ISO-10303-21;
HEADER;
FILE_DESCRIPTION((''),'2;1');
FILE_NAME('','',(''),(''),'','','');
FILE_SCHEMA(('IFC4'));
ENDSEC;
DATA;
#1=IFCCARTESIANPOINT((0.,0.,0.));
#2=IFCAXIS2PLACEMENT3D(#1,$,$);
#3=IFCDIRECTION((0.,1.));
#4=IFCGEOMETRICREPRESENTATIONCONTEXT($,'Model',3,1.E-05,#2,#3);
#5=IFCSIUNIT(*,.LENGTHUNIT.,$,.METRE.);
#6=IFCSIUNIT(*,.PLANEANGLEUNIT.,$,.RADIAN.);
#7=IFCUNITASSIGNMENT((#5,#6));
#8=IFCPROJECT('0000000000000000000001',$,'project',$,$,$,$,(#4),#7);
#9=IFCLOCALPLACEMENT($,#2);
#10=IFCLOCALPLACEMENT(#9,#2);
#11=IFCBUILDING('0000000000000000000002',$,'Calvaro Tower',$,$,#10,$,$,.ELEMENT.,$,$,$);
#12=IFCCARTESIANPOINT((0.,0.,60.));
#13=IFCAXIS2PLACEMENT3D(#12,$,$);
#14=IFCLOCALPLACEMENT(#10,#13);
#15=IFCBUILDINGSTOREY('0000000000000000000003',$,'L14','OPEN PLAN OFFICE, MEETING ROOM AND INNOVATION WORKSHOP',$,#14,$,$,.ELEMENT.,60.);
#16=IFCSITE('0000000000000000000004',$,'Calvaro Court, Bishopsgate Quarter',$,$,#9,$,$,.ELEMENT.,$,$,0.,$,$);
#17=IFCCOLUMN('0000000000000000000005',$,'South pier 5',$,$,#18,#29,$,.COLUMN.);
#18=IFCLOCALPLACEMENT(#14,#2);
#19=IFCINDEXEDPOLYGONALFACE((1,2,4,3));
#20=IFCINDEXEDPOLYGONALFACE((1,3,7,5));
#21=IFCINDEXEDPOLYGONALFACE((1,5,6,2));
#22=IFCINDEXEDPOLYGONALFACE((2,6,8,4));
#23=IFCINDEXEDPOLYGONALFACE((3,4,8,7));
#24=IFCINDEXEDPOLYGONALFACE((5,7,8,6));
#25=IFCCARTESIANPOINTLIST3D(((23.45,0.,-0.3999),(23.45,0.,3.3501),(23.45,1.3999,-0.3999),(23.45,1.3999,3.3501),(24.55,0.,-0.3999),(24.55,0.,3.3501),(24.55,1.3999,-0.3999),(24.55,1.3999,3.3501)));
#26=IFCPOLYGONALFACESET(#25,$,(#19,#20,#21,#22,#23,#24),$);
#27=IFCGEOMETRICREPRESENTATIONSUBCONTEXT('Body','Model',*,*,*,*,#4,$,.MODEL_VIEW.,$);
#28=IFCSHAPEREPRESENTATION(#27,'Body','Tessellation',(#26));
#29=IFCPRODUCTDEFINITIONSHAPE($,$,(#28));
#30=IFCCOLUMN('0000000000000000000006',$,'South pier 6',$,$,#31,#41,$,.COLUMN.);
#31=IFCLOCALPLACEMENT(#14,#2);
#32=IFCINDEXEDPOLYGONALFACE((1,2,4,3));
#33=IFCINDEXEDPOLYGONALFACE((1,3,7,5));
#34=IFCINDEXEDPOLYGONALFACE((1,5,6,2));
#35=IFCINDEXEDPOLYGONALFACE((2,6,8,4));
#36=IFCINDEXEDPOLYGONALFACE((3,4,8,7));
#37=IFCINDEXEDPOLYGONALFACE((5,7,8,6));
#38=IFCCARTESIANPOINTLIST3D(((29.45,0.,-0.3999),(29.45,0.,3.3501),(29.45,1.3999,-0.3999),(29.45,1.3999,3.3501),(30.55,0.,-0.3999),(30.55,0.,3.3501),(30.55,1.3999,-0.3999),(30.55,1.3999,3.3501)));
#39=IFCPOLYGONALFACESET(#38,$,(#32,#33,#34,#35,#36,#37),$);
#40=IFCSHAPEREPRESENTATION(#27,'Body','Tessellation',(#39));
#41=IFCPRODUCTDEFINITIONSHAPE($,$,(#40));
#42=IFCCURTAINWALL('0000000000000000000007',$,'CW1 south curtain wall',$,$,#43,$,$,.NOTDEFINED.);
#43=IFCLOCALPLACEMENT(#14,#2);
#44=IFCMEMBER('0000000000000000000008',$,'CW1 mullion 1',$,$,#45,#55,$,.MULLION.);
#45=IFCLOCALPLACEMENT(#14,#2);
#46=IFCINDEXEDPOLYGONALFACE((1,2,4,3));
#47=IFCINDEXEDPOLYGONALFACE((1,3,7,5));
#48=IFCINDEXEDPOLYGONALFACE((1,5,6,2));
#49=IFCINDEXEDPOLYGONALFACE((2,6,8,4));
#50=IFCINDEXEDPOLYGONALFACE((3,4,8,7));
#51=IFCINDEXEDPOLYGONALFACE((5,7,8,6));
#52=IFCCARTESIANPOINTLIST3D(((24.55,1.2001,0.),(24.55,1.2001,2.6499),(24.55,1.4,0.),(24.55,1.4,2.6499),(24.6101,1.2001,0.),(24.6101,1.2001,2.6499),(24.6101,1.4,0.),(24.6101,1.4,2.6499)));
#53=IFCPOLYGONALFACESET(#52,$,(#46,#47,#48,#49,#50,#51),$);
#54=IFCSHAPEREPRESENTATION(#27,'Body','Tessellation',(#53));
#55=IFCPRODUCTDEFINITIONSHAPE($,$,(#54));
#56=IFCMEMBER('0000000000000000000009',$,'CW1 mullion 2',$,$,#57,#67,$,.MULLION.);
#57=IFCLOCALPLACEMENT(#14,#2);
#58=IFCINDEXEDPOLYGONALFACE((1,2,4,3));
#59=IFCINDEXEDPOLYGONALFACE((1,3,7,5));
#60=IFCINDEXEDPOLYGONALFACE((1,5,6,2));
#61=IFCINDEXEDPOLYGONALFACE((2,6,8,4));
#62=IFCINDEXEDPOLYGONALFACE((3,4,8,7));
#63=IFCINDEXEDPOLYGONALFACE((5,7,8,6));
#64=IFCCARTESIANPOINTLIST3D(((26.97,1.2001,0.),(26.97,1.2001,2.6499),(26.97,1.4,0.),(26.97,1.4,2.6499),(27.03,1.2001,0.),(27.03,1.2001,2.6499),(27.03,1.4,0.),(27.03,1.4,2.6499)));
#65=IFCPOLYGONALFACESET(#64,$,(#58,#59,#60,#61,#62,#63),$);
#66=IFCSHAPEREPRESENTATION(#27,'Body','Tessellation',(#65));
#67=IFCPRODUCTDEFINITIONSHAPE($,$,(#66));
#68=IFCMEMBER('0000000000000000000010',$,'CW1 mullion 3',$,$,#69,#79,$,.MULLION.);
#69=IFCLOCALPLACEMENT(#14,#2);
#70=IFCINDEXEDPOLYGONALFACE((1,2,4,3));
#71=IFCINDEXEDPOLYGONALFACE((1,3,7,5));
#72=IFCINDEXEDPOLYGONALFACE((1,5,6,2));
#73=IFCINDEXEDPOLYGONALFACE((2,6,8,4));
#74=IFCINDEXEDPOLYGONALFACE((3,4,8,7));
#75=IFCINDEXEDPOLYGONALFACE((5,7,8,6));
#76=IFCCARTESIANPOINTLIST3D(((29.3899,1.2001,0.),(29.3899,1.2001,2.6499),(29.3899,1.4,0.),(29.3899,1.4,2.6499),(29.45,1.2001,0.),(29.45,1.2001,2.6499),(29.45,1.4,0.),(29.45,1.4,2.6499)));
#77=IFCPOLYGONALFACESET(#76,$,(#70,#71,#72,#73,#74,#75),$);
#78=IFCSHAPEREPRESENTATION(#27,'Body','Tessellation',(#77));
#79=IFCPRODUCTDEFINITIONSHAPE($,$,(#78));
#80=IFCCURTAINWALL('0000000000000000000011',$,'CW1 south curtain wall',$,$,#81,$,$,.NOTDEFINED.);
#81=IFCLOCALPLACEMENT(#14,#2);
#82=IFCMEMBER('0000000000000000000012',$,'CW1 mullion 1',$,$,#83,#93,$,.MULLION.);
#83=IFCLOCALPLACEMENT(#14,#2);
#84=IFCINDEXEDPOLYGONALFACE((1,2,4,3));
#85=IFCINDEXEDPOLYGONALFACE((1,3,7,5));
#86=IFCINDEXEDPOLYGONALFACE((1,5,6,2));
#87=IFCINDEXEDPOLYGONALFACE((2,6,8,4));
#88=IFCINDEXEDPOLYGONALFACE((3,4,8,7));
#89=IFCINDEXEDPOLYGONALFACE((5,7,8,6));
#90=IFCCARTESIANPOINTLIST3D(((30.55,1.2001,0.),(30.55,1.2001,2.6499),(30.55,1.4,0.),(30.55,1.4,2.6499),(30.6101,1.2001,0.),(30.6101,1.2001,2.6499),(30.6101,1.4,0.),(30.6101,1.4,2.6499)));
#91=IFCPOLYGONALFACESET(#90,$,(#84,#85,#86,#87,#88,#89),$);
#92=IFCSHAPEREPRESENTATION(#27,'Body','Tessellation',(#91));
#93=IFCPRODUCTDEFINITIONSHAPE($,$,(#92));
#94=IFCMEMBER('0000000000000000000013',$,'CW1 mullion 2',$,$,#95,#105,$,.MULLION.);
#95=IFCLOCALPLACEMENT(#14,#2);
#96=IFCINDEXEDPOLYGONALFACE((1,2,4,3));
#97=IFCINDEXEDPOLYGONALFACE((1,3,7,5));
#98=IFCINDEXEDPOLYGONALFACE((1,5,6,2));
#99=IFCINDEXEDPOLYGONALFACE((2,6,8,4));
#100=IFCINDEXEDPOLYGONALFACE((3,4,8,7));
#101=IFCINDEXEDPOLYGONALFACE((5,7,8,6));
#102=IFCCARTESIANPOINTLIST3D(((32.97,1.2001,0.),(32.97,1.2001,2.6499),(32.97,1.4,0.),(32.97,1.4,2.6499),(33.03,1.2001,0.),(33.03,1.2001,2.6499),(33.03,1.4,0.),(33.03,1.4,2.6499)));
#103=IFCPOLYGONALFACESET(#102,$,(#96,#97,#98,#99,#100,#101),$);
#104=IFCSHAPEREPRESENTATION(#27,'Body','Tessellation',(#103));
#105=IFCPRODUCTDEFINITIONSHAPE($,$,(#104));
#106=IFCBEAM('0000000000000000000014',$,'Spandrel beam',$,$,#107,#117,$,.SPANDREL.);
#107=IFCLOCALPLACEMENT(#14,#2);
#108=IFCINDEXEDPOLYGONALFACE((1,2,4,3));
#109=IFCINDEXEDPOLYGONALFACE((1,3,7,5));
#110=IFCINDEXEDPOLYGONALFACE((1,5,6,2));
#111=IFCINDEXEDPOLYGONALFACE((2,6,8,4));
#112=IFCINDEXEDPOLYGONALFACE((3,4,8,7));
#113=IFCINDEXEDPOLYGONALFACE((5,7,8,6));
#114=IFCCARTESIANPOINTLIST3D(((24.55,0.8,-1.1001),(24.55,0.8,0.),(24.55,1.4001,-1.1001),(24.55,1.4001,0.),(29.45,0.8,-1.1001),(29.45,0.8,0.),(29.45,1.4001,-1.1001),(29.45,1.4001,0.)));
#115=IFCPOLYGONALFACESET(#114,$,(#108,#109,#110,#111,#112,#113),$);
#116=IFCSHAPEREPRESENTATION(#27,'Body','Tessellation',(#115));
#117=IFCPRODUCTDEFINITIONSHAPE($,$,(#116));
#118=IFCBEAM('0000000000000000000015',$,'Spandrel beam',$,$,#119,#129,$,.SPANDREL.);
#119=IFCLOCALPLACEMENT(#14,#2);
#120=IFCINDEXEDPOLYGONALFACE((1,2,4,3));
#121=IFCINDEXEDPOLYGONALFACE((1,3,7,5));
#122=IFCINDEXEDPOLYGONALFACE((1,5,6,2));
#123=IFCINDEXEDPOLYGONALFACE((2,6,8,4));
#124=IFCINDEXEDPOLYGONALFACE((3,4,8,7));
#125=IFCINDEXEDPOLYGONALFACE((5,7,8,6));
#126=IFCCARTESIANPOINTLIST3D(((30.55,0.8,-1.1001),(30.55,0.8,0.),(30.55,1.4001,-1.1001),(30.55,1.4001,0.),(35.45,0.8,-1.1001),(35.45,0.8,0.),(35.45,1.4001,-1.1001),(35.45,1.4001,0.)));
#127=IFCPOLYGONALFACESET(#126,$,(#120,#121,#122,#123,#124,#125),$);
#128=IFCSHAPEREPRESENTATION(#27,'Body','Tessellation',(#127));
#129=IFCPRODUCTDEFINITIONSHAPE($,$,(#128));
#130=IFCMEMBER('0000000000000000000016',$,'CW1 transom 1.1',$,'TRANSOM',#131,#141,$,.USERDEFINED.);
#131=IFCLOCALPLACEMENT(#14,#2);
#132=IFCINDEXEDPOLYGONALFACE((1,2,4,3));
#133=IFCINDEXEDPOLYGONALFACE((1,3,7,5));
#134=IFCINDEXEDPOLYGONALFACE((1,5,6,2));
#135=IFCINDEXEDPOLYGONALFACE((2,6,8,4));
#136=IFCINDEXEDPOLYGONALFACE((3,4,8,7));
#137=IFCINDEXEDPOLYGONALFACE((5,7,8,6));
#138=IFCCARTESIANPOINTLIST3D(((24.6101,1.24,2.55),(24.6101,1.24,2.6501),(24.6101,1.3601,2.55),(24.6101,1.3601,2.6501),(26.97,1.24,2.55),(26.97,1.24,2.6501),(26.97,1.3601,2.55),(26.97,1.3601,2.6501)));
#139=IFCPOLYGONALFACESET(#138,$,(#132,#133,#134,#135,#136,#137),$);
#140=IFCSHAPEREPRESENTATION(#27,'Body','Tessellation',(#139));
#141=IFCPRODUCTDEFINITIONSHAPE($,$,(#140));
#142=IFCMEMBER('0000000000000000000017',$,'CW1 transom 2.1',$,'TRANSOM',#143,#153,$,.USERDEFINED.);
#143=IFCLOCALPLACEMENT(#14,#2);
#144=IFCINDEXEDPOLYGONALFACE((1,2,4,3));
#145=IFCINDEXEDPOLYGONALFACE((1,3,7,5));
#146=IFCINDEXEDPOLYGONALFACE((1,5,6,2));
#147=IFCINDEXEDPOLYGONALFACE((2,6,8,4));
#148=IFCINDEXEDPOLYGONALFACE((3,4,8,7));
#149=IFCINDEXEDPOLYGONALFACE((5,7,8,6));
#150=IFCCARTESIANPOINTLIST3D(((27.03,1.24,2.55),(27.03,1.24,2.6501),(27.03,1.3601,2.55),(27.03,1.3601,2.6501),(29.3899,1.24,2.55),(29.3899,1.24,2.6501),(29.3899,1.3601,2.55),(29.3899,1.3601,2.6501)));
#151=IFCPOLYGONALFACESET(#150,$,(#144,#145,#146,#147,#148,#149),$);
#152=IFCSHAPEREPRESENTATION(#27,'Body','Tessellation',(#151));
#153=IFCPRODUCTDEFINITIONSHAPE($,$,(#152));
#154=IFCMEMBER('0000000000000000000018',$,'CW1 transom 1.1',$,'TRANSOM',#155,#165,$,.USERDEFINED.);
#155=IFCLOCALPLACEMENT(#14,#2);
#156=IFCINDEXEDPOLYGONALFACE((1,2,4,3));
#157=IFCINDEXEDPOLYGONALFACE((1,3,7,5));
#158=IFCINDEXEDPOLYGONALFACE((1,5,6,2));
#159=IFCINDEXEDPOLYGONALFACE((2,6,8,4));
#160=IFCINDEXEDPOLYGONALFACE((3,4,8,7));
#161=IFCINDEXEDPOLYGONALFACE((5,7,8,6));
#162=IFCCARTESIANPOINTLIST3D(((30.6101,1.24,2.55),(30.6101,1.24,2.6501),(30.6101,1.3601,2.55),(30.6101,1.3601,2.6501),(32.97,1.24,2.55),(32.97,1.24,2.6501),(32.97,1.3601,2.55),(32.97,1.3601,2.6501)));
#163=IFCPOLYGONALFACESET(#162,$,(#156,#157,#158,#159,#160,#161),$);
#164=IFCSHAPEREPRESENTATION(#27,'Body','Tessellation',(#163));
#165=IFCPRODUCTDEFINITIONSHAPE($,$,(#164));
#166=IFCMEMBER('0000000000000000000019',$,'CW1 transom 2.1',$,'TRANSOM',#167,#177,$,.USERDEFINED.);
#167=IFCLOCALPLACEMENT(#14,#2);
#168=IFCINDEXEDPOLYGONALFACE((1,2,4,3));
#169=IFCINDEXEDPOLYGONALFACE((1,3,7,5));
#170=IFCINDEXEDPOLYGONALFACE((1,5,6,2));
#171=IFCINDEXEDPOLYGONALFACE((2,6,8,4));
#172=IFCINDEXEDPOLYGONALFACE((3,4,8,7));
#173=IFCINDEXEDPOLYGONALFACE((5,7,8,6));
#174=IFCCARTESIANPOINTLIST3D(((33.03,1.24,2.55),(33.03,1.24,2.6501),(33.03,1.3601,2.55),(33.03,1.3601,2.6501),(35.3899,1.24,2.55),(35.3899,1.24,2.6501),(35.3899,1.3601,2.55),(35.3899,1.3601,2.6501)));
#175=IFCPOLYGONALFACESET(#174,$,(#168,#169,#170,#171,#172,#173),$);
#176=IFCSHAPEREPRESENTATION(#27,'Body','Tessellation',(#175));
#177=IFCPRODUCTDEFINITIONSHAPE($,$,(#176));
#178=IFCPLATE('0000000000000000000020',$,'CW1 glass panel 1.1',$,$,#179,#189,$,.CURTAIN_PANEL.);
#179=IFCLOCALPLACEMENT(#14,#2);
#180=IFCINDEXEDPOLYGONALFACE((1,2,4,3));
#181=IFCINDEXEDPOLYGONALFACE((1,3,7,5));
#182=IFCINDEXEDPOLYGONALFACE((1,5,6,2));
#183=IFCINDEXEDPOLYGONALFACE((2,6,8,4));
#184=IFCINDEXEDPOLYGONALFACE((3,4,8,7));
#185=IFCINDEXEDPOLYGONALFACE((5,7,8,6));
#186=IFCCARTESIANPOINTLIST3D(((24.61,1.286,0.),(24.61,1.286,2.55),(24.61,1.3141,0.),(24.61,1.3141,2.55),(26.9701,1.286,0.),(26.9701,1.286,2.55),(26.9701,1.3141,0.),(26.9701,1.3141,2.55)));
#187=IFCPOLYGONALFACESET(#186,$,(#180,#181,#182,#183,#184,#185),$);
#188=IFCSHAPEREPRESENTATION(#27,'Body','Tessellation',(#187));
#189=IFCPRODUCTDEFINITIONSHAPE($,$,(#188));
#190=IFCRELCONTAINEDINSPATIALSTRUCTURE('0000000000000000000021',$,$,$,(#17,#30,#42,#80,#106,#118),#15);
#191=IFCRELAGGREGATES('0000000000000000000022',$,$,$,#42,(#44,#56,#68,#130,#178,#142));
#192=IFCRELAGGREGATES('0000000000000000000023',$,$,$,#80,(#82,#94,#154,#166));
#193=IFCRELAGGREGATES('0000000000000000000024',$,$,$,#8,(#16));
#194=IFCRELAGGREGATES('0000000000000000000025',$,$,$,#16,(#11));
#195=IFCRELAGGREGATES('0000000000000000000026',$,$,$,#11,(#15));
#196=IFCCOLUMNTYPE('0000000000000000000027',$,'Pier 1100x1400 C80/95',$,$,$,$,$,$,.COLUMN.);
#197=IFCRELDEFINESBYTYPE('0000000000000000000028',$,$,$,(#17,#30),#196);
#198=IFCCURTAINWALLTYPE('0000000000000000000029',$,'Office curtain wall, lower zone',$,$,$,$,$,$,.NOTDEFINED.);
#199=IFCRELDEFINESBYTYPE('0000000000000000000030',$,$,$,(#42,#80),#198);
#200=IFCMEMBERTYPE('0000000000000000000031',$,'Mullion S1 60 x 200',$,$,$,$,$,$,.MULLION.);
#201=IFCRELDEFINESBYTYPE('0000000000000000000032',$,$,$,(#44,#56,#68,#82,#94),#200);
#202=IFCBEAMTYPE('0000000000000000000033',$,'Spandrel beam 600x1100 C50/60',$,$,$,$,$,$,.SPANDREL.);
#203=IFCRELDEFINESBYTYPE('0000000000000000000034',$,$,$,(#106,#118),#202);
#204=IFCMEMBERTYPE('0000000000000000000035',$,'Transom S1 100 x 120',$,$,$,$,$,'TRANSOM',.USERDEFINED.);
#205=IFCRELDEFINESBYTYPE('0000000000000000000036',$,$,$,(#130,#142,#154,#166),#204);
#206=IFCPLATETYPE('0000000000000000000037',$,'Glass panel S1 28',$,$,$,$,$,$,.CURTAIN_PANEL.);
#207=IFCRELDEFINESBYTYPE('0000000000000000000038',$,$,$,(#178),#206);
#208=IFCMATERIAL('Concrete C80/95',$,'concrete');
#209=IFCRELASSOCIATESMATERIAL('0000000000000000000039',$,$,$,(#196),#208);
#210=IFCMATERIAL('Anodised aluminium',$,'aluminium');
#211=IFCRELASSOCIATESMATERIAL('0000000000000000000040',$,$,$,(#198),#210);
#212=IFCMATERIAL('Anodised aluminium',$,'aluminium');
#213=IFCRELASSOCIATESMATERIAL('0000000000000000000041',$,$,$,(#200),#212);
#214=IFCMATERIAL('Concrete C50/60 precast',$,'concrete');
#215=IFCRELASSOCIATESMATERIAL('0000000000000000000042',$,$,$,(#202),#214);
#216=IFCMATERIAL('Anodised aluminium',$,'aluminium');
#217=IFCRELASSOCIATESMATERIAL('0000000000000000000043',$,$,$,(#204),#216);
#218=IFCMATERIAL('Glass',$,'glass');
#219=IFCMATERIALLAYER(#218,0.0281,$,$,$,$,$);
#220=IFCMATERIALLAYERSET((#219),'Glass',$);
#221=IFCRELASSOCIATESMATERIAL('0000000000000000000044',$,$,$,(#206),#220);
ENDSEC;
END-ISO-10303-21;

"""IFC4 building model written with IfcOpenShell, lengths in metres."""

from ifc_helpers import new_model, si_unit, direction, frame, origin, origin_2d, place, context, subcontext, project, spatial, rectangle, extrude, material, layer, layer_set, material_profile, profile_set, type_object, element, aggregate, save


model = new_model("IFC4")

# Units and contexts
model_context = context("Model", 3, precision=1e-05, world=origin(), true_north=direction((0.0, 1.0)))
body_context = subcontext(model_context, "Body", "Model", "MODEL_VIEW")
ifc_project = project(units=[si_unit("LENGTHUNIT", "METRE"), si_unit("PLANEANGLEUNIT", "RADIAN")], contexts=[model_context])

# Site, building, storey
site_placement = place(None, origin())
site = spatial("IfcSite", under=ifc_project, at=site_placement, Name="Calvaro Court, Bishopsgate Quarter", CompositionType="ELEMENT", RefElevation=0.0)
building_placement = place(site_placement, origin())
building = spatial("IfcBuilding", under=site, at=building_placement, Name="Calvaro Tower", CompositionType="ELEMENT")
storey_placement = place(building_placement, frame((0.0, 0.0, 60.0)))
storey = spatial("IfcBuildingStorey", under=building, at=storey_placement, Name="L14", Description="OPEN PLAN OFFICE, MEETING ROOM AND INNOVATION WORKSHOP", CompositionType="ELEMENT", Elevation=60.0)

# Columns
ifc_material_1 = material(Name="Concrete C80/95", Category="concrete")
ifc_material_profile_1 = material_profile(ifc_material_1, rectangle(XDim=1.1001, YDim=1.3999, at=origin_2d()), Name="RC 1100x1400")
ifc_profile_set_1 = profile_set([ifc_material_profile_1], Name="Concrete C80/95")
column_type = type_object("IfcColumnType", Name="Pier 1100x1400 C80/95", PredefinedType="COLUMN", material=ifc_profile_set_1)
for number, where, z_axis, x_axis, name in (
    (1, (24.0, 0.7, -0.3999), (0.0, 0.0, 1.0), (1.0, 0.0, 0.0), "South pier 5"),
    (2, (30.0, 0.7, -0.3999), (0.0, 0.0, 1.0), (1.0, 0.0, 0.0), "South pier 6"),
):
    element("IfcColumn", number, at=place(storey_placement, frame(where, z_axis=z_axis, x_axis=x_axis)), inside=storey, type_object=column_type, Name=name, PredefinedType="COLUMN", context=body_context, shape_type="SweptSolid", body=[
        extrude(rectangle(XDim=1.1001, YDim=1.3999, at=origin_2d()), origin(), (0.0, 0.0, 1.0), 3.75),
    ])

# Curtain walls, members
ifc_material_2 = material(Name="Anodised aluminium", Category="aluminium")
curtain_wall_type = type_object("IfcCurtainWallType", Name="Office curtain wall, lower zone", PredefinedType="NOTDEFINED", material=ifc_material_2)
curtain_wall_1_placement = place(storey_placement, origin())
curtain_wall_1 = element("IfcCurtainWall", 3, at=curtain_wall_1_placement, inside=storey, type_object=curtain_wall_type, Name="CW1 south curtain wall", PredefinedType="NOTDEFINED")
ifc_material_3 = material(Name="Anodised aluminium", Category="aluminium")
ifc_material_profile_2 = material_profile(ifc_material_3, rectangle(XDim=0.2, YDim=0.0601, at=origin_2d()), Name="Mullion S1 60 x 200")
ifc_profile_set_2 = profile_set([ifc_material_profile_2], Name="Anodised aluminium")
member_type_1 = type_object("IfcMemberType", Name="Mullion S1 60 x 200", PredefinedType="MULLION", material=ifc_profile_set_2)
member_1_placement = place(storey_placement, frame((24.5801, 1.3, 0.0), z_axis=(0.0, 0.0, 1.0), x_axis=(0.0, 1.0, 0.0)))
member_1 = element("IfcMember", 4, at=member_1_placement, type_object=member_type_1, Name="CW1 mullion 1", PredefinedType="MULLION", context=body_context, shape_type="SweptSolid", body=[
    extrude(rectangle(XDim=0.2, YDim=0.0601, at=origin_2d()), origin(), (0.0, 0.0, 1.0), 2.6499),
])
member_2_placement = place(storey_placement, frame((27.0, 1.3, 0.0), z_axis=(0.0, 0.0, 1.0), x_axis=(0.0, 1.0, 0.0)))
member_2 = element("IfcMember", 5, at=member_2_placement, type_object=member_type_1, Name="CW1 mullion 2", PredefinedType="MULLION", context=body_context, shape_type="SweptSolid", body=[
    extrude(rectangle(XDim=0.2, YDim=0.0601, at=origin_2d()), origin(), (0.0, 0.0, 1.0), 2.6499),
])
member_3_placement = place(storey_placement, frame((29.4199, 1.3, 0.0), z_axis=(0.0, 0.0, 1.0), x_axis=(0.0, 1.0, 0.0)))
member_3 = element("IfcMember", 6, at=member_3_placement, type_object=member_type_1, Name="CW1 mullion 3", PredefinedType="MULLION", context=body_context, shape_type="SweptSolid", body=[
    extrude(rectangle(XDim=0.2, YDim=0.0601, at=origin_2d()), origin(), (0.0, 0.0, 1.0), 2.6499),
])
curtain_wall_2_placement = place(storey_placement, origin())
curtain_wall_2 = element("IfcCurtainWall", 7, at=curtain_wall_2_placement, inside=storey, type_object=curtain_wall_type, Name="CW1 south curtain wall", PredefinedType="NOTDEFINED")
member_4_placement = place(storey_placement, frame((30.5801, 1.3, 0.0), z_axis=(0.0, 0.0, 1.0), x_axis=(0.0, 1.0, 0.0)))
member_4 = element("IfcMember", 8, at=member_4_placement, type_object=member_type_1, Name="CW1 mullion 1", PredefinedType="MULLION", context=body_context, shape_type="SweptSolid", body=[
    extrude(rectangle(XDim=0.2, YDim=0.0601, at=origin_2d()), origin(), (0.0, 0.0, 1.0), 2.6499),
])
member_5_placement = place(storey_placement, frame((33.0, 1.3, 0.0), z_axis=(0.0, 0.0, 1.0), x_axis=(0.0, 1.0, 0.0)))
member_5 = element("IfcMember", 9, at=member_5_placement, type_object=member_type_1, Name="CW1 mullion 2", PredefinedType="MULLION", context=body_context, shape_type="SweptSolid", body=[
    extrude(rectangle(XDim=0.2, YDim=0.0601, at=origin_2d()), origin(), (0.0, 0.0, 1.0), 2.6499),
])

# Beams
ifc_material_4 = material(Name="Concrete C50/60 precast", Category="concrete")
ifc_material_profile_3 = material_profile(ifc_material_4, rectangle(XDim=0.6001, YDim=1.1001, at=origin_2d()), Name="RC 600x1100")
ifc_profile_set_3 = profile_set([ifc_material_profile_3], Name="Concrete C50/60 precast")
beam_type = type_object("IfcBeamType", Name="Spandrel beam 600x1100 C50/60", PredefinedType="SPANDREL", material=ifc_profile_set_3)
for number, where, z_axis, x_axis, name in (
    (10, (24.55, 1.1001, -0.55), (1.0, 0.0, 0.0), (0.0, 1.0, 0.0), "Spandrel beam"),
    (11, (30.55, 1.1001, -0.55), (1.0, 0.0, 0.0), (0.0, 1.0, 0.0), "Spandrel beam"),
):
    element("IfcBeam", number, at=place(storey_placement, frame(where, z_axis=z_axis, x_axis=x_axis)), inside=storey, type_object=beam_type, Name=name, PredefinedType="SPANDREL", context=body_context, shape_type="SweptSolid", body=[
        extrude(rectangle(XDim=0.6001, YDim=1.1001, at=origin_2d()), origin(), (0.0, 0.0, 1.0), 4.8999),
    ])

# Members
ifc_material_5 = material(Name="Anodised aluminium", Category="aluminium")
ifc_material_profile_4 = material_profile(ifc_material_5, rectangle(XDim=0.1201, YDim=0.1001, at=origin_2d()), Name="Transom S1 100 x 120")
ifc_profile_set_4 = profile_set([ifc_material_profile_4], Name="Anodised aluminium")
member_type_2 = type_object("IfcMemberType", Name="Transom S1 100 x 120", ElementType="TRANSOM", PredefinedType="USERDEFINED", material=ifc_profile_set_4)
member_6_placement = place(storey_placement, frame((24.6101, 1.3, 2.6001), z_axis=(1.0, 0.0, 0.0), x_axis=(0.0, 1.0, 0.0)))
member_6 = element("IfcMember", 12, at=member_6_placement, type_object=member_type_2, Name="CW1 transom 1.1", ObjectType="TRANSOM", PredefinedType="USERDEFINED", context=body_context, shape_type="SweptSolid", body=[
    extrude(rectangle(XDim=0.1201, YDim=0.1001, at=origin_2d()), origin(), (0.0, 0.0, 1.0), 2.3599),
])
member_7_placement = place(storey_placement, frame((27.03, 1.3, 2.6001), z_axis=(1.0, 0.0, 0.0), x_axis=(0.0, 1.0, 0.0)))
member_7 = element("IfcMember", 13, at=member_7_placement, type_object=member_type_2, Name="CW1 transom 2.1", ObjectType="TRANSOM", PredefinedType="USERDEFINED", context=body_context, shape_type="SweptSolid", body=[
    extrude(rectangle(XDim=0.1201, YDim=0.1001, at=origin_2d()), origin(), (0.0, 0.0, 1.0), 2.3599),
])
member_8_placement = place(storey_placement, frame((30.6101, 1.3, 2.6001), z_axis=(1.0, 0.0, 0.0), x_axis=(0.0, 1.0, 0.0)))
member_8 = element("IfcMember", 14, at=member_8_placement, type_object=member_type_2, Name="CW1 transom 1.1", ObjectType="TRANSOM", PredefinedType="USERDEFINED", context=body_context, shape_type="SweptSolid", body=[
    extrude(rectangle(XDim=0.1201, YDim=0.1001, at=origin_2d()), origin(), (0.0, 0.0, 1.0), 2.3599),
])
member_9_placement = place(storey_placement, frame((33.03, 1.3, 2.6001), z_axis=(1.0, 0.0, 0.0), x_axis=(0.0, 1.0, 0.0)))
member_9 = element("IfcMember", 15, at=member_9_placement, type_object=member_type_2, Name="CW1 transom 2.1", ObjectType="TRANSOM", PredefinedType="USERDEFINED", context=body_context, shape_type="SweptSolid", body=[
    extrude(rectangle(XDim=0.1201, YDim=0.1001, at=origin_2d()), origin(), (0.0, 0.0, 1.0), 2.3599),
])

# Plate
ifc_material_6 = material(Name="Glass", Category="glass")
ifc_layer = layer(ifc_material_6, 0.0281)
ifc_layer_set = layer_set([ifc_layer], Name="Glass")
plate_type = type_object("IfcPlateType", Name="Glass panel S1 28", PredefinedType="CURTAIN_PANEL", material=ifc_layer_set)
plate_1_placement = place(storey_placement, frame((25.79, 1.3, 0.0), z_axis=(0.0, 0.0, 1.0), x_axis=(1.0, 0.0, 0.0)))
plate_1 = element("IfcPlate", 16, at=plate_1_placement, type_object=plate_type, Name="CW1 glass panel 1.1", PredefinedType="CURTAIN_PANEL", context=body_context, shape_type="SweptSolid", body=[
    extrude(rectangle(XDim=2.3601, YDim=0.0281, at=origin_2d()), origin(), (0.0, 0.0, 1.0), 2.55),
])
aggregate(curtain_wall_1, [member_1, member_2, member_3, member_6, plate_1, member_7])
aggregate(curtain_wall_2, [member_4, member_5, member_8, member_9])

save(model, "model.ifc")
